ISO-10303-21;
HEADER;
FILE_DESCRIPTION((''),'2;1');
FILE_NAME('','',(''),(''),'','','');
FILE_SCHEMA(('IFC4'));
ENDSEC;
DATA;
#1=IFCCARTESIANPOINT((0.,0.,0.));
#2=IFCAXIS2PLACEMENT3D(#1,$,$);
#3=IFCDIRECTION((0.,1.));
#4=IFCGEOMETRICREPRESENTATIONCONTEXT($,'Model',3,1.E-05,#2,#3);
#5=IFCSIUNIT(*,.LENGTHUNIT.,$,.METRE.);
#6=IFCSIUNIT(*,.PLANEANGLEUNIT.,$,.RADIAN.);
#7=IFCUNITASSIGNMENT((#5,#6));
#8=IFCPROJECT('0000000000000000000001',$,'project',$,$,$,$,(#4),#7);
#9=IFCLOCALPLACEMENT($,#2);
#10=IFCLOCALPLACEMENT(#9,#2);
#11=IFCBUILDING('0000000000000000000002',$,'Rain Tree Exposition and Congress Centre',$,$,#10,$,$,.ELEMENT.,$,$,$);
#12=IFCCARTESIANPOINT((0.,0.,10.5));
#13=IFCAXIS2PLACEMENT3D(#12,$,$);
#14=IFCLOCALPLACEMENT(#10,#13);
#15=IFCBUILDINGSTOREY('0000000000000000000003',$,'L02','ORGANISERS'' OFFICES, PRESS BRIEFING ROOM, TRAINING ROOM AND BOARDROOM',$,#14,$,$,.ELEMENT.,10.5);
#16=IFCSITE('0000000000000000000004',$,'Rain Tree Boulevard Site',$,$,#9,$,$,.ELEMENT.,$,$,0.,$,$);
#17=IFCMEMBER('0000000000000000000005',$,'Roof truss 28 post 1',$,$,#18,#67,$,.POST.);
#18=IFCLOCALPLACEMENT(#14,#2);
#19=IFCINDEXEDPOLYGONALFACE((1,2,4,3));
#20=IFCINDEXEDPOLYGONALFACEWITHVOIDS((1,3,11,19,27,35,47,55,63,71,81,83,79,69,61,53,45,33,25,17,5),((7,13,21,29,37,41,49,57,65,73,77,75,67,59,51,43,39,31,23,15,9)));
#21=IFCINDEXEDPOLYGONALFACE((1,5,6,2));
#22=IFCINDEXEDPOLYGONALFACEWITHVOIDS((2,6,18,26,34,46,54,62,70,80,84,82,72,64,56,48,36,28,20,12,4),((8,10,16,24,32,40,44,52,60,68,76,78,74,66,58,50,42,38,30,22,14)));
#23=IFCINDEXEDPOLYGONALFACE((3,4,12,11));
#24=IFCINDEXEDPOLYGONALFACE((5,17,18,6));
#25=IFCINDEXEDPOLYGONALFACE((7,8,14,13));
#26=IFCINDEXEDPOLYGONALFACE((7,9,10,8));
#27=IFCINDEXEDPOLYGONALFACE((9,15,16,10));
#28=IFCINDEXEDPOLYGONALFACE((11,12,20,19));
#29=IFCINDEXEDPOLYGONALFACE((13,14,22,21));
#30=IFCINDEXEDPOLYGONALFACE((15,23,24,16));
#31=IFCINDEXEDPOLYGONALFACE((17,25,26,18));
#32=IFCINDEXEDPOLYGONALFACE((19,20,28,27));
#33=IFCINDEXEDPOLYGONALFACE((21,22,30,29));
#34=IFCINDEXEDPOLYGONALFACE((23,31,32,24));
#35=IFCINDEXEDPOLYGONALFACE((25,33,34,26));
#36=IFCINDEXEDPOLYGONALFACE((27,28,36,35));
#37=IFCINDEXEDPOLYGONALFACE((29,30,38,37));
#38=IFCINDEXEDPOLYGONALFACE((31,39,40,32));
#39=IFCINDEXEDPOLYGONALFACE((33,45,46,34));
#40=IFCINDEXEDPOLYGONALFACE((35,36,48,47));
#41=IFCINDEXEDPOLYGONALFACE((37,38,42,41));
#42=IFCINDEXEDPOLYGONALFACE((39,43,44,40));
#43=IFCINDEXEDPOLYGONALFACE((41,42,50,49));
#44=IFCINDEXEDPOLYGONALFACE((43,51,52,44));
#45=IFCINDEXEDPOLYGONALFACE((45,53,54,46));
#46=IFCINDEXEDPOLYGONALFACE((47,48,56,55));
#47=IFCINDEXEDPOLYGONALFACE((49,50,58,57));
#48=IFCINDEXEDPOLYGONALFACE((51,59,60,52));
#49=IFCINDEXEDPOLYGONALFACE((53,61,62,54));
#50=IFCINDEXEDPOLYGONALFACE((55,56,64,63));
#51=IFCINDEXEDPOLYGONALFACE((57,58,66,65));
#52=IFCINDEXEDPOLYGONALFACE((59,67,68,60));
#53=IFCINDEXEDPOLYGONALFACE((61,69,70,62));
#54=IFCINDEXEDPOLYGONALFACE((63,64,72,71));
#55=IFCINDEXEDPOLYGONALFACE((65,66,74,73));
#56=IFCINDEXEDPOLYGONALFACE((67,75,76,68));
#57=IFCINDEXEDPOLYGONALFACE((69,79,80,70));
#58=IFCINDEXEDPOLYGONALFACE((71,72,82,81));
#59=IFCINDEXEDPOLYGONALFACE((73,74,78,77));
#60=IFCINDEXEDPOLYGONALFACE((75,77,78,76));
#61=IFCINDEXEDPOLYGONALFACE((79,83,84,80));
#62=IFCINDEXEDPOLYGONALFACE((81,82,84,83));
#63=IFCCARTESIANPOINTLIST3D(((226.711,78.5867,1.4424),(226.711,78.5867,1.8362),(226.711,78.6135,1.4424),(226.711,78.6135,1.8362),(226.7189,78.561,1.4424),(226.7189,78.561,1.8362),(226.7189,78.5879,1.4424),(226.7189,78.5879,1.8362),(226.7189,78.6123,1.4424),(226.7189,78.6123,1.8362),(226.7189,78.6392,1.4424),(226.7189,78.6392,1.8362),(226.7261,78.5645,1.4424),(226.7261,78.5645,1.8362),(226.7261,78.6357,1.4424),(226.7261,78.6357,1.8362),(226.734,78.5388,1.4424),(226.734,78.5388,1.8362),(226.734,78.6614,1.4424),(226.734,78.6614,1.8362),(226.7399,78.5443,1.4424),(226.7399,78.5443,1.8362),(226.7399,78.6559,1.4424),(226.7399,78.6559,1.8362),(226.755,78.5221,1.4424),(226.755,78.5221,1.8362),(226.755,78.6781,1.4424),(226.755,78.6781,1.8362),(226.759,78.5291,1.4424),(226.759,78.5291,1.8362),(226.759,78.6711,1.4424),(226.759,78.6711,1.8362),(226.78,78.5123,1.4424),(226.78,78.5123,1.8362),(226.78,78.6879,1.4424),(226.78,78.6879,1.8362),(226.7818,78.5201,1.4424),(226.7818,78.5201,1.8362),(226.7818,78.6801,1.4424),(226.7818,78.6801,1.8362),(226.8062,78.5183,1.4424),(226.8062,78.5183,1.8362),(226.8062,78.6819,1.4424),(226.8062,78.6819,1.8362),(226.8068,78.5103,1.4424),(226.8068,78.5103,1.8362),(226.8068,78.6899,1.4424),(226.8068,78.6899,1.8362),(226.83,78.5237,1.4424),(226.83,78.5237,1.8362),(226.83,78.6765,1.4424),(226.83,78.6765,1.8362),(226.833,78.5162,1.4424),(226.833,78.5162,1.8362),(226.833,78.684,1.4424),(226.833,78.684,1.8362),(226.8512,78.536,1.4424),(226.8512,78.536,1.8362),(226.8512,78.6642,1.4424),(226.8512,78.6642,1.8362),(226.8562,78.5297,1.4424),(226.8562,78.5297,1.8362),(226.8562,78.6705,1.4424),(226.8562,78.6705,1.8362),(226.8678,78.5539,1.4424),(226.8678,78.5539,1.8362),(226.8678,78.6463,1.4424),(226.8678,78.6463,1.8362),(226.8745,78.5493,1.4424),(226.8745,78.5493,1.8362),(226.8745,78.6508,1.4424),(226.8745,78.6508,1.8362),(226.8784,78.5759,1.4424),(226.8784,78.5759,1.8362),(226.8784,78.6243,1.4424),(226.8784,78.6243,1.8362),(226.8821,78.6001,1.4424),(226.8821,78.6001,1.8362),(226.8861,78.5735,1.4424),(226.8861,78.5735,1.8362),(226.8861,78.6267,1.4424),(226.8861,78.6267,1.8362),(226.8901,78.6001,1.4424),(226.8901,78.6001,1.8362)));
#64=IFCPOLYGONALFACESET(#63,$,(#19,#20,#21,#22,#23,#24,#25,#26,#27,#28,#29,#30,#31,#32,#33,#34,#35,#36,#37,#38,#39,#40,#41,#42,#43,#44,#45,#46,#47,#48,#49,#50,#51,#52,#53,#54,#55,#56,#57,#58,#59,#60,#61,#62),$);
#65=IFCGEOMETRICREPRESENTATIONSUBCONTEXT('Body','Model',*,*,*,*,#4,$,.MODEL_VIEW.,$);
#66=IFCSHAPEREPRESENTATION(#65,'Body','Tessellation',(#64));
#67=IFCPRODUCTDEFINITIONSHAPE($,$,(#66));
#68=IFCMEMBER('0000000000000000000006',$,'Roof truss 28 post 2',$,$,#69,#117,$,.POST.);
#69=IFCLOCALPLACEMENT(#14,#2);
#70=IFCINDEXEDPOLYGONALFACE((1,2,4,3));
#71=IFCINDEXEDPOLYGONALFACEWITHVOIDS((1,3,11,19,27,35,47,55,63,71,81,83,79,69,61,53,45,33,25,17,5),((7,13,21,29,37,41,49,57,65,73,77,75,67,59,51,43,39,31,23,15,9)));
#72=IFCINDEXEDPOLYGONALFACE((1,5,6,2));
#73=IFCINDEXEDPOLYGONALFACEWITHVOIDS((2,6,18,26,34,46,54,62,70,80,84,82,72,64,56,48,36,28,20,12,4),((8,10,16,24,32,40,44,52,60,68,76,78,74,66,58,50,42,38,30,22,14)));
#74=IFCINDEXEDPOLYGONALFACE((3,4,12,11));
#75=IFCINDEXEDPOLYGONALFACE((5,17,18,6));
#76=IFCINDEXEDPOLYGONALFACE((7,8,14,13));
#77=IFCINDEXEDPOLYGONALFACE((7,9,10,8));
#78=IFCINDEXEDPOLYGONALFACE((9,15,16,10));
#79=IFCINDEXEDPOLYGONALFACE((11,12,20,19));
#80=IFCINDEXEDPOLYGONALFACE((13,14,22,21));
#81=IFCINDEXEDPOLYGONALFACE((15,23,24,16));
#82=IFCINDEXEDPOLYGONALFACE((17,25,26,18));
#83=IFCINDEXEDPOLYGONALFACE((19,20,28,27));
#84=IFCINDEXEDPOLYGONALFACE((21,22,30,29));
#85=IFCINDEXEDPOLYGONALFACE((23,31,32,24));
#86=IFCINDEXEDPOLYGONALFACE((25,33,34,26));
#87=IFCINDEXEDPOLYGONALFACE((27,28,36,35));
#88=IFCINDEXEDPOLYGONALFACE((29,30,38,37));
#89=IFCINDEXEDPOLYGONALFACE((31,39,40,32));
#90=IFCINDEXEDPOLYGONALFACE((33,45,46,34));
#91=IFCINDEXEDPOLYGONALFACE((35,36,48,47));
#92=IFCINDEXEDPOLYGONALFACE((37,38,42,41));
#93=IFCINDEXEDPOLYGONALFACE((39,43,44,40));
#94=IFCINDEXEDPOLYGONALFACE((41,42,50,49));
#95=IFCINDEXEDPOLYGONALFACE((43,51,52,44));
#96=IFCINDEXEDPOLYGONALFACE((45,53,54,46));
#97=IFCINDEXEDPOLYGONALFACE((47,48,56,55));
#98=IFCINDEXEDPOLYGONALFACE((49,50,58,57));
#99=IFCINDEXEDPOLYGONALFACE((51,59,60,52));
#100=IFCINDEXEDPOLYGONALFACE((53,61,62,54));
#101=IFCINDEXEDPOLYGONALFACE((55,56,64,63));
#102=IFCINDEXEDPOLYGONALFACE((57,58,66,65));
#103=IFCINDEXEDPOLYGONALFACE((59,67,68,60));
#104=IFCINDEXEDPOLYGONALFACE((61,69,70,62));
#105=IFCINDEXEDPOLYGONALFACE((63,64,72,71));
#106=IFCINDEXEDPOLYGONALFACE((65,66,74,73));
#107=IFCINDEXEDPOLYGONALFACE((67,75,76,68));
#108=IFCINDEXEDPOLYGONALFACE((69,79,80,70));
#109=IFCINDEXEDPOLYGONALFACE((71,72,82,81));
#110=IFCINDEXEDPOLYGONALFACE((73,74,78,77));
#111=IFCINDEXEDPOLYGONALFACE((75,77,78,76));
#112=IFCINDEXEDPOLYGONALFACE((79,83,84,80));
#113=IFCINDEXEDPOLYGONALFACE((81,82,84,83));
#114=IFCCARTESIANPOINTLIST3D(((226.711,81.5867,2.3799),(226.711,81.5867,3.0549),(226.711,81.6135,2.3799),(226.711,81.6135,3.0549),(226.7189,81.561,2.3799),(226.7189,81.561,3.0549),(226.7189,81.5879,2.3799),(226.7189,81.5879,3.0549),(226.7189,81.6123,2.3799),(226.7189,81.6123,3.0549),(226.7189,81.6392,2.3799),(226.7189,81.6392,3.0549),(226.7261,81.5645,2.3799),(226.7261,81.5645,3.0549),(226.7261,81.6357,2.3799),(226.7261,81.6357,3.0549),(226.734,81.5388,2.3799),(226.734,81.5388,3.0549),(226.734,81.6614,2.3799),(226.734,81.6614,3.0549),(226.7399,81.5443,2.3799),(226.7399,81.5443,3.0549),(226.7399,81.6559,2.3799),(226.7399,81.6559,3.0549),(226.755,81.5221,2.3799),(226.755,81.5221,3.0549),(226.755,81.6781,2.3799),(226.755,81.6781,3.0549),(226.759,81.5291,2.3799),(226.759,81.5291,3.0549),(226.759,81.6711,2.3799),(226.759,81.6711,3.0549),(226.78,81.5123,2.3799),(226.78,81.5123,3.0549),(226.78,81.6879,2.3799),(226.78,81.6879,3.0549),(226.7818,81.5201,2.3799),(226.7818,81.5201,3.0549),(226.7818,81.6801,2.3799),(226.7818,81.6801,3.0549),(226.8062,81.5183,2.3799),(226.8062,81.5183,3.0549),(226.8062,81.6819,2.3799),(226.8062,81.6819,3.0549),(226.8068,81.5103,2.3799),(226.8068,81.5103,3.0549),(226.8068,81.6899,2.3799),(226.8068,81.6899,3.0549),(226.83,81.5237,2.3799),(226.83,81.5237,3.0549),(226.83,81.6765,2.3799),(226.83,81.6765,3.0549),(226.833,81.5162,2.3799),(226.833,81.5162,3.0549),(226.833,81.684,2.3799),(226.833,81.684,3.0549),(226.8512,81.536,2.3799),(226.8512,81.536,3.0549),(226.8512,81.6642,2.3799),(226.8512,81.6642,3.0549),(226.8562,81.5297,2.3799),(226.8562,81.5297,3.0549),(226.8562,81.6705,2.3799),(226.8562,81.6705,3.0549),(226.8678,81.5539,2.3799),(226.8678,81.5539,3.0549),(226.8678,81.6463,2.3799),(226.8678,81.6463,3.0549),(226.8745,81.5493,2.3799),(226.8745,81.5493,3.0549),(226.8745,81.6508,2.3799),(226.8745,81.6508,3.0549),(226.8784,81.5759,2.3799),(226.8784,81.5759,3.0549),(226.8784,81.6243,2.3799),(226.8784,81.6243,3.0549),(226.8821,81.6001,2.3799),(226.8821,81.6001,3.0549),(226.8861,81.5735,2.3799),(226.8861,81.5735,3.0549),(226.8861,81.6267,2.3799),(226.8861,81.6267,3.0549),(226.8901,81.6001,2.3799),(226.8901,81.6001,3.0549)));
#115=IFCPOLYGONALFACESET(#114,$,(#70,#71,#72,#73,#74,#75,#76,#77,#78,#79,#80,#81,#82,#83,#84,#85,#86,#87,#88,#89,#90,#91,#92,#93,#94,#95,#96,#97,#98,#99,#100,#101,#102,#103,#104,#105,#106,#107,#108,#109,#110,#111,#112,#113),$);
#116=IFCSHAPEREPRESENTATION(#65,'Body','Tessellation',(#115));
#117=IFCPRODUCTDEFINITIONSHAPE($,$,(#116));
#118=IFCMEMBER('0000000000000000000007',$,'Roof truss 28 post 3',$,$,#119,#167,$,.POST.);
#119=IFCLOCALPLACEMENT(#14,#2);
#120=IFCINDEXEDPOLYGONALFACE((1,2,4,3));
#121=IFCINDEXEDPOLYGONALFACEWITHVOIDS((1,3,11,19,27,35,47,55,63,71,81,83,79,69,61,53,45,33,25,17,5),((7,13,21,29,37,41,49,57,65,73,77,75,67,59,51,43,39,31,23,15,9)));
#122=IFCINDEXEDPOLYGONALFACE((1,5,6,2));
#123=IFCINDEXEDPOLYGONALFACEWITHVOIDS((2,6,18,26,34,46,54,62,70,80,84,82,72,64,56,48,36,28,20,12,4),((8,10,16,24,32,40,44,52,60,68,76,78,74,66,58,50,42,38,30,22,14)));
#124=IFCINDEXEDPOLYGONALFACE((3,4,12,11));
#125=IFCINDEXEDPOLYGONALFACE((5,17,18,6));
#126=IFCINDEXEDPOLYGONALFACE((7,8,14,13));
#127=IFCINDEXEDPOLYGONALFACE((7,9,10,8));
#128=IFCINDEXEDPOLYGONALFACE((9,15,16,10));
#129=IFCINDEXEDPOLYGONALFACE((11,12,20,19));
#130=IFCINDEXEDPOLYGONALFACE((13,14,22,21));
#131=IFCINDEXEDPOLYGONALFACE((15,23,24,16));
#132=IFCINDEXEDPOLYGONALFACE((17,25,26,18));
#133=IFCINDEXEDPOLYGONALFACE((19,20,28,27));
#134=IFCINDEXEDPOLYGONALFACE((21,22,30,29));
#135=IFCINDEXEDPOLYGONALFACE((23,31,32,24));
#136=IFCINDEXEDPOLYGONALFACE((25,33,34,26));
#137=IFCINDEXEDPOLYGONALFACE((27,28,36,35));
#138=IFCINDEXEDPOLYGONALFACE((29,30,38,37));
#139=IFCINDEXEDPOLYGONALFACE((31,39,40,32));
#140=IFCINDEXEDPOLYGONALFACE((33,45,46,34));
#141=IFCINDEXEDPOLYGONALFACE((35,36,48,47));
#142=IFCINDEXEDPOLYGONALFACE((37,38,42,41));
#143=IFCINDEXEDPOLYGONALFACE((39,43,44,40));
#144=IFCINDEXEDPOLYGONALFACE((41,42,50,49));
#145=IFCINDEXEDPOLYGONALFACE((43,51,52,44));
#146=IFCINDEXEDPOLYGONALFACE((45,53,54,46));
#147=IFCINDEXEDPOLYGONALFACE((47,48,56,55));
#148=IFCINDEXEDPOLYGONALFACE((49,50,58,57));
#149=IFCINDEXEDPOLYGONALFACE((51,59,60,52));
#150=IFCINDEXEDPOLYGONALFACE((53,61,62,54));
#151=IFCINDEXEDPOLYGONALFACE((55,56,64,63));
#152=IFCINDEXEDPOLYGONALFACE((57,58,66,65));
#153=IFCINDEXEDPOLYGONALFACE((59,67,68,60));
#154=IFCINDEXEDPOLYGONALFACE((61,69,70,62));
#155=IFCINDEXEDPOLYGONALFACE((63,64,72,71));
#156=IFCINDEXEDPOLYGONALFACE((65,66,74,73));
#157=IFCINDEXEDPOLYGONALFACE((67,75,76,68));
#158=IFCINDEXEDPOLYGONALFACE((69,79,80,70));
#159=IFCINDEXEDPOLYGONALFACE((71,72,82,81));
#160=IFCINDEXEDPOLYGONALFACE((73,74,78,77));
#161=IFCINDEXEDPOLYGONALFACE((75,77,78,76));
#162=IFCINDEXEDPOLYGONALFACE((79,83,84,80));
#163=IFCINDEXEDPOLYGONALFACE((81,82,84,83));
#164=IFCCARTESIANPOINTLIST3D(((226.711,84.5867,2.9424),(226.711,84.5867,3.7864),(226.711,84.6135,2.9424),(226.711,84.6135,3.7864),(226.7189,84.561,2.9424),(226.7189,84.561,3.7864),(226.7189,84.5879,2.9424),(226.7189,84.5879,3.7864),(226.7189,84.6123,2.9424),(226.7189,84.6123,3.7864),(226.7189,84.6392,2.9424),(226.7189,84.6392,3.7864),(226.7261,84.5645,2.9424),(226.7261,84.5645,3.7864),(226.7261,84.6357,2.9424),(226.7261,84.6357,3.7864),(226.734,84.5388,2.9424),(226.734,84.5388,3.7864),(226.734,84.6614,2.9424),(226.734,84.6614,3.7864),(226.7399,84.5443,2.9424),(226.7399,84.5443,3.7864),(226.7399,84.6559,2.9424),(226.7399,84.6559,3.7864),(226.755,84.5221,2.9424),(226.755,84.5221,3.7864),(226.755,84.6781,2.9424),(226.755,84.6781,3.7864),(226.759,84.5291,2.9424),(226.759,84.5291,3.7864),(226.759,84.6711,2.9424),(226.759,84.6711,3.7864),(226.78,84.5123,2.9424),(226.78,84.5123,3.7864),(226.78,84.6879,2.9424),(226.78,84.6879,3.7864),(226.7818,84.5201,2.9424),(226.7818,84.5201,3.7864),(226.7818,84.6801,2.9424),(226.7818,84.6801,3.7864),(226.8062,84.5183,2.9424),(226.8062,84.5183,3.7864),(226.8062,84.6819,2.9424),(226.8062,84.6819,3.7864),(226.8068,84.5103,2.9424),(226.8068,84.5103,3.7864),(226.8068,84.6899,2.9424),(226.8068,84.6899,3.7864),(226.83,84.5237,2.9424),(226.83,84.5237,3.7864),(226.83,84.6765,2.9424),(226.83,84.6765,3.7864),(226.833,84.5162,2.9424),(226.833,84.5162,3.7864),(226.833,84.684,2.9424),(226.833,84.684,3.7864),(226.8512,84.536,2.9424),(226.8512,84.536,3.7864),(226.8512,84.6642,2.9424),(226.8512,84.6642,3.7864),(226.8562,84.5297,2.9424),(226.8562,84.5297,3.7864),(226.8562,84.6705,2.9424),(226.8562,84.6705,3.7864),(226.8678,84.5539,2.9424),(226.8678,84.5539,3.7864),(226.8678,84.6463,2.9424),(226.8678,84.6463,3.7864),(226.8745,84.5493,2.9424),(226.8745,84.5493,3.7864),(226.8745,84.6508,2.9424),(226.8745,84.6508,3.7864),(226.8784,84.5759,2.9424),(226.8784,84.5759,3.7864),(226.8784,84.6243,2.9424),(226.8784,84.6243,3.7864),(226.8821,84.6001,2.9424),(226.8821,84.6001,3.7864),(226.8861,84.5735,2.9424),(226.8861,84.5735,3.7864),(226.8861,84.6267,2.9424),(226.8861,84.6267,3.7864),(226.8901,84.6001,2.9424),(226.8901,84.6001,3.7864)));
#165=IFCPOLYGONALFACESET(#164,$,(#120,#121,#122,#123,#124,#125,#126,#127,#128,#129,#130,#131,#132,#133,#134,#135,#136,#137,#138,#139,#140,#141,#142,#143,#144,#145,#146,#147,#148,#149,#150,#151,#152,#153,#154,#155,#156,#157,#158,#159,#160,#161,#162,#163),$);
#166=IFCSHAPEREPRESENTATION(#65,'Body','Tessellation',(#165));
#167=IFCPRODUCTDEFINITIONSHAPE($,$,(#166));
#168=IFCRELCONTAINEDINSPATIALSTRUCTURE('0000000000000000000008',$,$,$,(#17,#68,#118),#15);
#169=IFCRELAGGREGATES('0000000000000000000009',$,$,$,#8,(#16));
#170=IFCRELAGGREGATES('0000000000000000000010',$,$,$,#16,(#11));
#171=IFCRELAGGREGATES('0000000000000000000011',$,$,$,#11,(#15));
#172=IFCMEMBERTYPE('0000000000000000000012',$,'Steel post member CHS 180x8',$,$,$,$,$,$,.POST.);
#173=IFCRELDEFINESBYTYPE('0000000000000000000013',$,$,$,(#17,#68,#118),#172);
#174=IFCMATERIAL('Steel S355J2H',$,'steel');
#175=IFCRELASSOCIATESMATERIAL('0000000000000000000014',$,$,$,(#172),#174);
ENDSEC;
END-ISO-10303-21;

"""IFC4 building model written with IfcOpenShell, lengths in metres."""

from ifc_helpers import new_model, si_unit, direction, frame, origin, origin_2d, place, context, subcontext, project, spatial, hollow_circle, extrude, material, material_profile, profile_set, type_object, element, save


model = new_model("IFC4")

# Units and contexts
model_context = context("Model", 3, precision=1e-05, world=origin(), true_north=direction((0.0, 1.0)))
body_context = subcontext(model_context, "Body", "Model", "MODEL_VIEW")
ifc_project = project(units=[si_unit("LENGTHUNIT", "METRE"), si_unit("PLANEANGLEUNIT", "RADIAN")], contexts=[model_context])

# Site, building, storey
site_placement = place(None, origin())
site = spatial("IfcSite", under=ifc_project, at=site_placement, Name="Rain Tree Boulevard Site", CompositionType="ELEMENT", RefElevation=0.0)
building_placement = place(site_placement, origin())
building = spatial("IfcBuilding", under=site, at=building_placement, Name="Rain Tree Exposition and Congress Centre", CompositionType="ELEMENT")
storey_placement = place(building_placement, frame((0.0, 0.0, 10.5)))
storey = spatial("IfcBuildingStorey", under=building, at=storey_placement, Name="L02", Description="ORGANISERS' OFFICES, PRESS BRIEFING ROOM, TRAINING ROOM AND BOARDROOM", CompositionType="ELEMENT", Elevation=10.5)

# Members
ifc_material_1 = material(Name="Steel S355J2H", Category="steel")
ifc_material_profile_1 = material_profile(ifc_material_1, hollow_circle(Radius=0.0901, WallThickness=0.0081, at=origin_2d()), Name="CHS 180x8")
ifc_profile_set_1 = profile_set([ifc_material_profile_1], Name="Steel S355J2H")
member_type_1 = type_object("IfcMemberType", Name="Steel post member CHS 180x8", PredefinedType="POST", material=ifc_profile_set_1)
member_1_placement = place(storey_placement, frame((226.8, 78.6001, 1.4424), z_axis=(0.0, 0.0, 1.0), x_axis=(1.0, 0.0, 0.0)))
element("IfcMember", 1, at=member_1_placement, inside=storey, type_object=member_type_1, Name="Roof truss 28 post 1", PredefinedType="POST", context=body_context, shape_type="SweptSolid", body=[
    extrude(hollow_circle(Radius=0.0901, WallThickness=0.0081, at=origin_2d()), origin(), (0.0, 0.0, 1.0), 0.3938),
])
member_2_placement = place(storey_placement, frame((226.8, 81.6001, 2.3799), z_axis=(0.0, 0.0, 1.0), x_axis=(1.0, 0.0, 0.0)))
element("IfcMember", 2, at=member_2_placement, inside=storey, type_object=member_type_1, Name="Roof truss 28 post 2", PredefinedType="POST", context=body_context, shape_type="SweptSolid", body=[
    extrude(hollow_circle(Radius=0.0901, WallThickness=0.0081, at=origin_2d()), origin(), (0.0, 0.0, 1.0), 0.675),
])
member_3_placement = place(storey_placement, frame((226.8, 84.6001, 2.9424), z_axis=(0.0, 0.0, 1.0), x_axis=(1.0, 0.0, 0.0)))
element("IfcMember", 3, at=member_3_placement, inside=storey, type_object=member_type_1, Name="Roof truss 28 post 3", PredefinedType="POST", context=body_context, shape_type="SweptSolid", body=[
    extrude(hollow_circle(Radius=0.0901, WallThickness=0.0081, at=origin_2d()), origin(), (0.0, 0.0, 1.0), 0.844),
])

save(model, "model.ifc")
